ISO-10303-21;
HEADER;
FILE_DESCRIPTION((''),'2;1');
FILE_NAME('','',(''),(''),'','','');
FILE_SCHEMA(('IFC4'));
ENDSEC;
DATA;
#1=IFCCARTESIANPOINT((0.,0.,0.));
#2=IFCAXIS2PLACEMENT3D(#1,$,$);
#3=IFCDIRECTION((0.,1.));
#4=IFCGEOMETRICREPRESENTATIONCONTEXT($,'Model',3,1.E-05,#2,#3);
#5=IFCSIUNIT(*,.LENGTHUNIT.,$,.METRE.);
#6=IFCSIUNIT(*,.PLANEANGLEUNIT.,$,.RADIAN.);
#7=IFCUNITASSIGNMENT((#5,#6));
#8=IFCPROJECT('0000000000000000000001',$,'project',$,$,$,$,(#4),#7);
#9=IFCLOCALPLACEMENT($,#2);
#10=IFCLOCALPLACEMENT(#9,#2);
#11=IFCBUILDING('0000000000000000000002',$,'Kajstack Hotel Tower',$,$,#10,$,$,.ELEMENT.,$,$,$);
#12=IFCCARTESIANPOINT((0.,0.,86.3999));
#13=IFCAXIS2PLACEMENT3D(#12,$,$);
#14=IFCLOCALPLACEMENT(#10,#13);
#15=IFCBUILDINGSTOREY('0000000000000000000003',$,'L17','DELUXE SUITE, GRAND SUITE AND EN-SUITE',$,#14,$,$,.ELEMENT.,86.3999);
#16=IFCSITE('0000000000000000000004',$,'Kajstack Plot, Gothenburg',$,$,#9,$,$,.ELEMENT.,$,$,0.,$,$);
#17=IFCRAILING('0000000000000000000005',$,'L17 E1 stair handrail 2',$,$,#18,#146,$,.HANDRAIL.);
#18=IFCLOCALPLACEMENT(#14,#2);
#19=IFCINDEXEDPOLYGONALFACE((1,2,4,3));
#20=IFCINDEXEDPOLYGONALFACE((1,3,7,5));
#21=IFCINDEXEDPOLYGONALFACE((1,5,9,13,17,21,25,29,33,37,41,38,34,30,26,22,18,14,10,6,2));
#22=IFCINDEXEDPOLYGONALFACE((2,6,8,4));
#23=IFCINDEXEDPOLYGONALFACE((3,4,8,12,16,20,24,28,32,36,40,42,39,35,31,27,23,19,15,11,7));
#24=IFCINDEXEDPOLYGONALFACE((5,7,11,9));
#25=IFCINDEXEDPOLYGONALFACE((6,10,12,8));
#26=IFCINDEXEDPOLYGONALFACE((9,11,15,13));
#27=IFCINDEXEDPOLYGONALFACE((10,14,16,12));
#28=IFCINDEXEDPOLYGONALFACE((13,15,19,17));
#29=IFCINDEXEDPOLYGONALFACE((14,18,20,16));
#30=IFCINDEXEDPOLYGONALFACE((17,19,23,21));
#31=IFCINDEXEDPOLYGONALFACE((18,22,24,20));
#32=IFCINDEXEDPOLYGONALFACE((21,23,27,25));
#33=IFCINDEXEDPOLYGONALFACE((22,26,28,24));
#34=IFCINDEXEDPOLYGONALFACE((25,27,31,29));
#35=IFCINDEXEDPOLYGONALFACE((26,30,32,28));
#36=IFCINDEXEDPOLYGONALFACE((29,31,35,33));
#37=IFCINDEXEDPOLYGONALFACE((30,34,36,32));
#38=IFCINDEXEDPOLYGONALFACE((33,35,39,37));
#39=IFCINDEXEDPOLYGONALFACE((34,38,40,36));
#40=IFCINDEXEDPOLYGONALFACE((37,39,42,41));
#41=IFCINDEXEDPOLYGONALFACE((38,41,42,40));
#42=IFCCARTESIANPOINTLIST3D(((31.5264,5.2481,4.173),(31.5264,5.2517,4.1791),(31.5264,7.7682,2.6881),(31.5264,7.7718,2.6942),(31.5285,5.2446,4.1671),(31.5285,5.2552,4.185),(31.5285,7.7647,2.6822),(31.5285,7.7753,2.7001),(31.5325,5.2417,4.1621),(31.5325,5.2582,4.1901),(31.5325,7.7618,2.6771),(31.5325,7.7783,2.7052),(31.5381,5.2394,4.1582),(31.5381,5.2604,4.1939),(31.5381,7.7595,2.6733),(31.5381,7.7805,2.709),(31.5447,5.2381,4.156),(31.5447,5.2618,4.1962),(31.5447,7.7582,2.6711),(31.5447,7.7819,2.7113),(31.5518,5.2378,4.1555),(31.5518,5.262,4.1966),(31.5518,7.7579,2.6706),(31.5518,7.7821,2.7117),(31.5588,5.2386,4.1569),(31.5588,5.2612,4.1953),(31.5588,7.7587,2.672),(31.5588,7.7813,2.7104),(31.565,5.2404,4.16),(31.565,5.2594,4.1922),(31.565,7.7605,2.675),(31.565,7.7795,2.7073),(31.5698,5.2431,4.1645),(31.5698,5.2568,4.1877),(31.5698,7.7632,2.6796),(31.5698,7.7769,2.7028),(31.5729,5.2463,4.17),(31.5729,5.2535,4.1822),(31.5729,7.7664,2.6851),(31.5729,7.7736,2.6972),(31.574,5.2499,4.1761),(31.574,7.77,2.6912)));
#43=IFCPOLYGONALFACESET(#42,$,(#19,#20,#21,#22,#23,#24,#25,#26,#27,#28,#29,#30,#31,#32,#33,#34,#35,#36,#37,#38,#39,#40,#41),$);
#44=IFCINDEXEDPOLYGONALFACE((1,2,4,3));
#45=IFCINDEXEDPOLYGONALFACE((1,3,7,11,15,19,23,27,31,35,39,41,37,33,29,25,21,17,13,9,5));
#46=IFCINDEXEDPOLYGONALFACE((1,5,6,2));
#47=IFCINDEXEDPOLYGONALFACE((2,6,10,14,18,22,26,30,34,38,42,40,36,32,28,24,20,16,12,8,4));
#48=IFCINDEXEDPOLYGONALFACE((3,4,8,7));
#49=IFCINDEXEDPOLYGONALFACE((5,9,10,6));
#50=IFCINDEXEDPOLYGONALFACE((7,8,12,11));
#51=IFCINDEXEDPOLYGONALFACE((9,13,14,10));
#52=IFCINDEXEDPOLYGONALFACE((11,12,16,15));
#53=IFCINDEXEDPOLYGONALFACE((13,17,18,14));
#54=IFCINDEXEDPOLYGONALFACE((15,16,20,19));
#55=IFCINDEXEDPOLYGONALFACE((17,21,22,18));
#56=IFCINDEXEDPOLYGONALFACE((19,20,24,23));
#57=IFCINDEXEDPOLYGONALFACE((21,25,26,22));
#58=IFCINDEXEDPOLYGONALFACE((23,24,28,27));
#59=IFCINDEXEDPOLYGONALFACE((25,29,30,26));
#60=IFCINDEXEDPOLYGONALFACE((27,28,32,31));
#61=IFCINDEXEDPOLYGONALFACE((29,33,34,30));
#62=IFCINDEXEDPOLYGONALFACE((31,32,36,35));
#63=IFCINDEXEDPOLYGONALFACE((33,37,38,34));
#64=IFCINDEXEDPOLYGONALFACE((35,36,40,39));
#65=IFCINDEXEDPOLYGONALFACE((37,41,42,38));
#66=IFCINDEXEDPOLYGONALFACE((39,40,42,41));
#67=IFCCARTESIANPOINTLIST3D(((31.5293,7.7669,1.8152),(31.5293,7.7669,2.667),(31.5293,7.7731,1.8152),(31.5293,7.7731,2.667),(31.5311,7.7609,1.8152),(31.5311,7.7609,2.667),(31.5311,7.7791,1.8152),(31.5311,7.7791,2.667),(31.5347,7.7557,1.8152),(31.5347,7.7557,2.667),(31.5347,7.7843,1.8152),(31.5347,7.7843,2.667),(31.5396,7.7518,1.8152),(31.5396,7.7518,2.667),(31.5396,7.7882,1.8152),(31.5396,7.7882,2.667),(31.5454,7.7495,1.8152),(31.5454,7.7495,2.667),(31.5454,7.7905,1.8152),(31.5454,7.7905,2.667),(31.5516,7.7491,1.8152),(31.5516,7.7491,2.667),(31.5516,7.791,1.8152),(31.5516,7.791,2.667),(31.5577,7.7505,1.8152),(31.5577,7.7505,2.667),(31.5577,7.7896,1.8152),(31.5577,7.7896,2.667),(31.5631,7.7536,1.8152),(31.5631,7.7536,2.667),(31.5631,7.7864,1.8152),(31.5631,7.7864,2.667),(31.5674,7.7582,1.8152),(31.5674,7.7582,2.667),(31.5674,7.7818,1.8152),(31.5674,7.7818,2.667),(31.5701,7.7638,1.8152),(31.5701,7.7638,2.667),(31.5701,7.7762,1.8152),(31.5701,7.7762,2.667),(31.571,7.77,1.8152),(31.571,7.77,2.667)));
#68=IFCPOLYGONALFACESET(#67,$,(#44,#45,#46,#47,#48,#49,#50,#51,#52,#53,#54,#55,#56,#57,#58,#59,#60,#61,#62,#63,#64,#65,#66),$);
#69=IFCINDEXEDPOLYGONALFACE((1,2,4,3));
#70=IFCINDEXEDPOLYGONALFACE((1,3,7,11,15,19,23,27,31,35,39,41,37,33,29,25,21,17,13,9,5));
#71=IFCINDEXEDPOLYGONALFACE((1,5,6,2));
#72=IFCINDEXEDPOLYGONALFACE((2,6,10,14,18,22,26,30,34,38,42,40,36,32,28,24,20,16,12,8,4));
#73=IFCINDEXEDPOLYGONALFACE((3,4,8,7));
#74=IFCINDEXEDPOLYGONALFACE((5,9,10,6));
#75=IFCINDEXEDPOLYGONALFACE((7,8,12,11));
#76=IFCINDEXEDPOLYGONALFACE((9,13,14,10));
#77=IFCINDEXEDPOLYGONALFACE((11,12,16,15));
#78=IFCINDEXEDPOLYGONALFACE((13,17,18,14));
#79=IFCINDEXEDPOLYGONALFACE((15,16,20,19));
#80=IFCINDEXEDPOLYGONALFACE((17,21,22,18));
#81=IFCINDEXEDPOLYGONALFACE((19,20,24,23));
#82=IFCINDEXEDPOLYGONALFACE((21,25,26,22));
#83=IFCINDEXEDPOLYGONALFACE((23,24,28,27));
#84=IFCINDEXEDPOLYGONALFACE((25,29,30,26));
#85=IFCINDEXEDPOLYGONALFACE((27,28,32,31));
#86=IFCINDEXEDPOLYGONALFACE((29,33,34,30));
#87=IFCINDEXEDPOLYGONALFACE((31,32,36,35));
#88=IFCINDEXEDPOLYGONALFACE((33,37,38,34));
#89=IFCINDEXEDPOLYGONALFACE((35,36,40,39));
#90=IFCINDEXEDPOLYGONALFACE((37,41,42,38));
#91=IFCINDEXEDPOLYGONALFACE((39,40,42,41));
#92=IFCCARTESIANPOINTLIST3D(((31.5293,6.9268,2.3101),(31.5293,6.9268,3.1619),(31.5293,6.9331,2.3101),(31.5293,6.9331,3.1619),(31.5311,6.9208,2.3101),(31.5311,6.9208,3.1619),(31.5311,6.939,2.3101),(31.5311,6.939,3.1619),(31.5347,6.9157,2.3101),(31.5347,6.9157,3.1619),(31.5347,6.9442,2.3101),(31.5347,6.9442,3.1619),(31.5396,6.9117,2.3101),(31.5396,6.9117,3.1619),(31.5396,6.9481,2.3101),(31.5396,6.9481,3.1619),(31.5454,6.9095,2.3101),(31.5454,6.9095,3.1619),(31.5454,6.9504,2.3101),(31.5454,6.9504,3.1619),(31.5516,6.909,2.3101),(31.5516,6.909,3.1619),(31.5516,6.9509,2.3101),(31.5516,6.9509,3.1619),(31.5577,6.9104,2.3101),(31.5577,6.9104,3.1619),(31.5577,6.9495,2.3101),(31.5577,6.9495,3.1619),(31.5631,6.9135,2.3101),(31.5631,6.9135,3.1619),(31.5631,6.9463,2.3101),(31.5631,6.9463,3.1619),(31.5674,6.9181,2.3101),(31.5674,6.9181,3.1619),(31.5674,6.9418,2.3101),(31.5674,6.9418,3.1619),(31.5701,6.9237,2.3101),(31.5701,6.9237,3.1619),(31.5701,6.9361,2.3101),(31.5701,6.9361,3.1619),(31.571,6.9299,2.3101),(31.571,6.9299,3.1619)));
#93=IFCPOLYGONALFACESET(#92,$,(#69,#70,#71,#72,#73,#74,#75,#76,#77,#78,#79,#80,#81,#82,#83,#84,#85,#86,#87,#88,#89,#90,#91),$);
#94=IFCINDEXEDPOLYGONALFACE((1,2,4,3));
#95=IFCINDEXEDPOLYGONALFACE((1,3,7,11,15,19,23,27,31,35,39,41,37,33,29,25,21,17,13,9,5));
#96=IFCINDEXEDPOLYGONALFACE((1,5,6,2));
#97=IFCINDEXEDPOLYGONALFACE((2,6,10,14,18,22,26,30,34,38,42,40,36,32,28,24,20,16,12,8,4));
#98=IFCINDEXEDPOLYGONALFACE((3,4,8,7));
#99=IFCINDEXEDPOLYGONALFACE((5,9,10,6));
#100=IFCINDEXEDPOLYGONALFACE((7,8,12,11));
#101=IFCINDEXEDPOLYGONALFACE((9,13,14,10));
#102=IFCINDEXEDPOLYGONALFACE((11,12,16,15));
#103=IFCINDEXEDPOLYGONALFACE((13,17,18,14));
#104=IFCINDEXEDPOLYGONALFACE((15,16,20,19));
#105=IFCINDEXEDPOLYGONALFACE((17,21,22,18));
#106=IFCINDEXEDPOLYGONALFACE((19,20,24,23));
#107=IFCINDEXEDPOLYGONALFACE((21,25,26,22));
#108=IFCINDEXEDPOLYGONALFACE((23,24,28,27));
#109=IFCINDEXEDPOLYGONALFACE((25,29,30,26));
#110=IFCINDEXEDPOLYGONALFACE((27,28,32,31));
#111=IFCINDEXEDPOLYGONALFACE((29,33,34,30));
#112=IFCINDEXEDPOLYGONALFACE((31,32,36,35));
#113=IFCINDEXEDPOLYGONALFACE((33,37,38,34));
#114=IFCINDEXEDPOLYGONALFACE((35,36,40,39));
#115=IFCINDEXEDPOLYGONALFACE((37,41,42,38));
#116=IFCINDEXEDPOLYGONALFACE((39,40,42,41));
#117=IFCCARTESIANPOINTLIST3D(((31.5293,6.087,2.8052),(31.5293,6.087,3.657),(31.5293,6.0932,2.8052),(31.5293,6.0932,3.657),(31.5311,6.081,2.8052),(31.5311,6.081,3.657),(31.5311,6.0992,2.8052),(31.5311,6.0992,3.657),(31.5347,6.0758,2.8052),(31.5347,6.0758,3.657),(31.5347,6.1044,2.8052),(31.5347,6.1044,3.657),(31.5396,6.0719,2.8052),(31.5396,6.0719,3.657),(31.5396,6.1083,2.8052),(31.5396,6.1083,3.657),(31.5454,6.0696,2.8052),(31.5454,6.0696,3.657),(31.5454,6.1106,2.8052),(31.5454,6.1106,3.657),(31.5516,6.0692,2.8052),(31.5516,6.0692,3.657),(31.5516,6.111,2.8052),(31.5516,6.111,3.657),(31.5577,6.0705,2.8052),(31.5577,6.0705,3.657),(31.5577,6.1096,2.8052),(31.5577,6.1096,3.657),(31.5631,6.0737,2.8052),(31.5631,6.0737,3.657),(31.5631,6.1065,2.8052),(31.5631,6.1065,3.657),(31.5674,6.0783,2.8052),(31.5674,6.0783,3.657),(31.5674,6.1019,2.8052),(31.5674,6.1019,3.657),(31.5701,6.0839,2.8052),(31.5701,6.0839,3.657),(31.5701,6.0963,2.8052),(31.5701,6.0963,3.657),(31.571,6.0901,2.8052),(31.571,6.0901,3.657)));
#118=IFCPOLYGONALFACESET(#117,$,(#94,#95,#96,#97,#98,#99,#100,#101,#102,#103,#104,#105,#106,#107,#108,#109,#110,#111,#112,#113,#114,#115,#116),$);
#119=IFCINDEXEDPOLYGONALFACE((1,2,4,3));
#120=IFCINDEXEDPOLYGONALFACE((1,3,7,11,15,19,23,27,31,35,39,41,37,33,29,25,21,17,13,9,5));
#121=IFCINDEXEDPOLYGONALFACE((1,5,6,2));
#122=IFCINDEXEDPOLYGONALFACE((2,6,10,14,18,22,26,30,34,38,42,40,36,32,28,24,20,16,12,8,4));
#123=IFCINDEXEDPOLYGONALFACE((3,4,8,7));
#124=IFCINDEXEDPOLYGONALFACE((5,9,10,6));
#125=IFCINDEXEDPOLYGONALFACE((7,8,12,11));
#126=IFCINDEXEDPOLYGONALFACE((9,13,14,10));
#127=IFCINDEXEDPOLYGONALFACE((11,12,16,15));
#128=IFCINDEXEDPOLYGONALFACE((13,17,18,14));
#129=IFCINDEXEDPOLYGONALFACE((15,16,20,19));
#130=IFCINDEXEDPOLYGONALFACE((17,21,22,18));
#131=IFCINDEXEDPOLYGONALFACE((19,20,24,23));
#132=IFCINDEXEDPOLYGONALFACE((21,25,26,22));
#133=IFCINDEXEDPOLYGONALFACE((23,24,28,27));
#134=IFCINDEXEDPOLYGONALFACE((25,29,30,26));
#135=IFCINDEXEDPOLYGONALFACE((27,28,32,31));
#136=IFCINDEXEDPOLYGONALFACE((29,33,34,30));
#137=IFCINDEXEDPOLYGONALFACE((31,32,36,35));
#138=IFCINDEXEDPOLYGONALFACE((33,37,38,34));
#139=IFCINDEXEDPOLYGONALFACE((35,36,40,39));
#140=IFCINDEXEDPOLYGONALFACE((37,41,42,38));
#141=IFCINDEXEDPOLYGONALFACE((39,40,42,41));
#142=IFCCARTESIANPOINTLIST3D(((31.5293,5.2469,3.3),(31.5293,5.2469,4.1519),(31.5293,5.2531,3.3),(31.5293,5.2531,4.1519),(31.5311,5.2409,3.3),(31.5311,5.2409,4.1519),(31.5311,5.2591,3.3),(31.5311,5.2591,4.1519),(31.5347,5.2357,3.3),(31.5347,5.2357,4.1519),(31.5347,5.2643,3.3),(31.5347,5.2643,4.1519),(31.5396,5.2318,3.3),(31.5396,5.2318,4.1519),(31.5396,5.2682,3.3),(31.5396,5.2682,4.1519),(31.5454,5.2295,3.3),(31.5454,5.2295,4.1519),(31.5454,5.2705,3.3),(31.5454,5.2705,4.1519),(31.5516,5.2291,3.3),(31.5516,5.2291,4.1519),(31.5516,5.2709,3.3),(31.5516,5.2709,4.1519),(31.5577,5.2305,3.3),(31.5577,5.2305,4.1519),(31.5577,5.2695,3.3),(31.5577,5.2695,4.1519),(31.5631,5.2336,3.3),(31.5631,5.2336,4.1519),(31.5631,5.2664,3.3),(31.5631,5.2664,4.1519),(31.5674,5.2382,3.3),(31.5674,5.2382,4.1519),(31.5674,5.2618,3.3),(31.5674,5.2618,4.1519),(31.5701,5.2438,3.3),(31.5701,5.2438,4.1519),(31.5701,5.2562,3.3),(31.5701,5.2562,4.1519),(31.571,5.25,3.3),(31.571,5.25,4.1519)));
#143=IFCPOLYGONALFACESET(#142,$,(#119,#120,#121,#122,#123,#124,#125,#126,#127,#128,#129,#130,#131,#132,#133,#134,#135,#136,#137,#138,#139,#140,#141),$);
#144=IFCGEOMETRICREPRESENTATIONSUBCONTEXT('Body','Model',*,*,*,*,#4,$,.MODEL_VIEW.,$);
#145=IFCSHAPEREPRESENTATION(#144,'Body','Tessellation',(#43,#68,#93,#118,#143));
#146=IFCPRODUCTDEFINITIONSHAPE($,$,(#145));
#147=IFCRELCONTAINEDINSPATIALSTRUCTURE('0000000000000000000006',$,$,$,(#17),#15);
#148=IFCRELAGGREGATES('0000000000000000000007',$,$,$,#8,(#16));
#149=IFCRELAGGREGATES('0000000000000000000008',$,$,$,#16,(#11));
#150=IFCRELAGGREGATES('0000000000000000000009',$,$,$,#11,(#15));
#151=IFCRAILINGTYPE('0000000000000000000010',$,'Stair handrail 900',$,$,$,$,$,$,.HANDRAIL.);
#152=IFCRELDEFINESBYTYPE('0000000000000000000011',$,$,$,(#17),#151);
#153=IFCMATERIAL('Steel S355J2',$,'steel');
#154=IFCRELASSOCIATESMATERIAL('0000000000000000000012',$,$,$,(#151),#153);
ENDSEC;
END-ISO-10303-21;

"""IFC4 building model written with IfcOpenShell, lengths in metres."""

from ifc_helpers import new_model, si_unit, direction, frame, origin, origin_2d, place, context, subcontext, project, spatial, circle, extrude, material, type_object, element, save


model = new_model("IFC4")

# Units and contexts
model_context = context("Model", 3, precision=1e-05, world=origin(), true_north=direction((0.0, 1.0)))
body_context = subcontext(model_context, "Body", "Model", "MODEL_VIEW")
ifc_project = project(units=[si_unit("LENGTHUNIT", "METRE"), si_unit("PLANEANGLEUNIT", "RADIAN")], contexts=[model_context])

# Site, building, storey
site_placement = place(None, origin())
site = spatial("IfcSite", under=ifc_project, at=site_placement, Name="Kajstack Plot, Gothenburg", CompositionType="ELEMENT", RefElevation=0.0)
building_placement = place(site_placement, origin())
building = spatial("IfcBuilding", under=site, at=building_placement, Name="Kajstack Hotel Tower", CompositionType="ELEMENT")
storey_placement = place(building_placement, frame((0.0, 0.0, 86.3999)))
storey = spatial("IfcBuildingStorey", under=building, at=storey_placement, Name="L17", Description="DELUXE SUITE, GRAND SUITE AND EN-SUITE", CompositionType="ELEMENT", Elevation=86.3999)

# Railing
ifc_material_1 = material(Name="Steel S355J2", Category="steel")
railing_type_1 = type_object("IfcRailingType", Name="Stair handrail 900", PredefinedType="HANDRAIL", material=ifc_material_1)
railing_1_placement = place(storey_placement, frame((31.55, 7.77, 1.8152)))
element("IfcRailing", 1, at=railing_1_placement, inside=storey, type_object=railing_type_1, Name="L17 E1 stair handrail 2", PredefinedType="HANDRAIL", context=body_context, shape_type="SweptSolid", body=[
    extrude(circle(Radius=0.0239, at=origin_2d()), frame((0.0, 0.0, 0.876), z_axis=(0.0, -0.861561, 0.507655), x_axis=(1.0, 0.0, 0.0)), (0.0, 0.0, 1.0), 2.925),
    extrude(circle(Radius=0.021, at=origin_2d()), origin(), (0.0, 0.0, 1.0), 0.8518),
    extrude(circle(Radius=0.021, at=origin_2d()), frame((0.0, -0.8401, 0.4949)), (0.0, 0.0, 1.0), 0.8518),
    extrude(circle(Radius=0.021, at=origin_2d()), frame((0.0, -1.6799, 0.99)), (0.0, 0.0, 1.0), 0.8518),
    extrude(circle(Radius=0.021, at=origin_2d()), frame((0.0, -2.52, 1.4849)), (0.0, 0.0, 1.0), 0.8518),
])

save(model, "model.ifc")
